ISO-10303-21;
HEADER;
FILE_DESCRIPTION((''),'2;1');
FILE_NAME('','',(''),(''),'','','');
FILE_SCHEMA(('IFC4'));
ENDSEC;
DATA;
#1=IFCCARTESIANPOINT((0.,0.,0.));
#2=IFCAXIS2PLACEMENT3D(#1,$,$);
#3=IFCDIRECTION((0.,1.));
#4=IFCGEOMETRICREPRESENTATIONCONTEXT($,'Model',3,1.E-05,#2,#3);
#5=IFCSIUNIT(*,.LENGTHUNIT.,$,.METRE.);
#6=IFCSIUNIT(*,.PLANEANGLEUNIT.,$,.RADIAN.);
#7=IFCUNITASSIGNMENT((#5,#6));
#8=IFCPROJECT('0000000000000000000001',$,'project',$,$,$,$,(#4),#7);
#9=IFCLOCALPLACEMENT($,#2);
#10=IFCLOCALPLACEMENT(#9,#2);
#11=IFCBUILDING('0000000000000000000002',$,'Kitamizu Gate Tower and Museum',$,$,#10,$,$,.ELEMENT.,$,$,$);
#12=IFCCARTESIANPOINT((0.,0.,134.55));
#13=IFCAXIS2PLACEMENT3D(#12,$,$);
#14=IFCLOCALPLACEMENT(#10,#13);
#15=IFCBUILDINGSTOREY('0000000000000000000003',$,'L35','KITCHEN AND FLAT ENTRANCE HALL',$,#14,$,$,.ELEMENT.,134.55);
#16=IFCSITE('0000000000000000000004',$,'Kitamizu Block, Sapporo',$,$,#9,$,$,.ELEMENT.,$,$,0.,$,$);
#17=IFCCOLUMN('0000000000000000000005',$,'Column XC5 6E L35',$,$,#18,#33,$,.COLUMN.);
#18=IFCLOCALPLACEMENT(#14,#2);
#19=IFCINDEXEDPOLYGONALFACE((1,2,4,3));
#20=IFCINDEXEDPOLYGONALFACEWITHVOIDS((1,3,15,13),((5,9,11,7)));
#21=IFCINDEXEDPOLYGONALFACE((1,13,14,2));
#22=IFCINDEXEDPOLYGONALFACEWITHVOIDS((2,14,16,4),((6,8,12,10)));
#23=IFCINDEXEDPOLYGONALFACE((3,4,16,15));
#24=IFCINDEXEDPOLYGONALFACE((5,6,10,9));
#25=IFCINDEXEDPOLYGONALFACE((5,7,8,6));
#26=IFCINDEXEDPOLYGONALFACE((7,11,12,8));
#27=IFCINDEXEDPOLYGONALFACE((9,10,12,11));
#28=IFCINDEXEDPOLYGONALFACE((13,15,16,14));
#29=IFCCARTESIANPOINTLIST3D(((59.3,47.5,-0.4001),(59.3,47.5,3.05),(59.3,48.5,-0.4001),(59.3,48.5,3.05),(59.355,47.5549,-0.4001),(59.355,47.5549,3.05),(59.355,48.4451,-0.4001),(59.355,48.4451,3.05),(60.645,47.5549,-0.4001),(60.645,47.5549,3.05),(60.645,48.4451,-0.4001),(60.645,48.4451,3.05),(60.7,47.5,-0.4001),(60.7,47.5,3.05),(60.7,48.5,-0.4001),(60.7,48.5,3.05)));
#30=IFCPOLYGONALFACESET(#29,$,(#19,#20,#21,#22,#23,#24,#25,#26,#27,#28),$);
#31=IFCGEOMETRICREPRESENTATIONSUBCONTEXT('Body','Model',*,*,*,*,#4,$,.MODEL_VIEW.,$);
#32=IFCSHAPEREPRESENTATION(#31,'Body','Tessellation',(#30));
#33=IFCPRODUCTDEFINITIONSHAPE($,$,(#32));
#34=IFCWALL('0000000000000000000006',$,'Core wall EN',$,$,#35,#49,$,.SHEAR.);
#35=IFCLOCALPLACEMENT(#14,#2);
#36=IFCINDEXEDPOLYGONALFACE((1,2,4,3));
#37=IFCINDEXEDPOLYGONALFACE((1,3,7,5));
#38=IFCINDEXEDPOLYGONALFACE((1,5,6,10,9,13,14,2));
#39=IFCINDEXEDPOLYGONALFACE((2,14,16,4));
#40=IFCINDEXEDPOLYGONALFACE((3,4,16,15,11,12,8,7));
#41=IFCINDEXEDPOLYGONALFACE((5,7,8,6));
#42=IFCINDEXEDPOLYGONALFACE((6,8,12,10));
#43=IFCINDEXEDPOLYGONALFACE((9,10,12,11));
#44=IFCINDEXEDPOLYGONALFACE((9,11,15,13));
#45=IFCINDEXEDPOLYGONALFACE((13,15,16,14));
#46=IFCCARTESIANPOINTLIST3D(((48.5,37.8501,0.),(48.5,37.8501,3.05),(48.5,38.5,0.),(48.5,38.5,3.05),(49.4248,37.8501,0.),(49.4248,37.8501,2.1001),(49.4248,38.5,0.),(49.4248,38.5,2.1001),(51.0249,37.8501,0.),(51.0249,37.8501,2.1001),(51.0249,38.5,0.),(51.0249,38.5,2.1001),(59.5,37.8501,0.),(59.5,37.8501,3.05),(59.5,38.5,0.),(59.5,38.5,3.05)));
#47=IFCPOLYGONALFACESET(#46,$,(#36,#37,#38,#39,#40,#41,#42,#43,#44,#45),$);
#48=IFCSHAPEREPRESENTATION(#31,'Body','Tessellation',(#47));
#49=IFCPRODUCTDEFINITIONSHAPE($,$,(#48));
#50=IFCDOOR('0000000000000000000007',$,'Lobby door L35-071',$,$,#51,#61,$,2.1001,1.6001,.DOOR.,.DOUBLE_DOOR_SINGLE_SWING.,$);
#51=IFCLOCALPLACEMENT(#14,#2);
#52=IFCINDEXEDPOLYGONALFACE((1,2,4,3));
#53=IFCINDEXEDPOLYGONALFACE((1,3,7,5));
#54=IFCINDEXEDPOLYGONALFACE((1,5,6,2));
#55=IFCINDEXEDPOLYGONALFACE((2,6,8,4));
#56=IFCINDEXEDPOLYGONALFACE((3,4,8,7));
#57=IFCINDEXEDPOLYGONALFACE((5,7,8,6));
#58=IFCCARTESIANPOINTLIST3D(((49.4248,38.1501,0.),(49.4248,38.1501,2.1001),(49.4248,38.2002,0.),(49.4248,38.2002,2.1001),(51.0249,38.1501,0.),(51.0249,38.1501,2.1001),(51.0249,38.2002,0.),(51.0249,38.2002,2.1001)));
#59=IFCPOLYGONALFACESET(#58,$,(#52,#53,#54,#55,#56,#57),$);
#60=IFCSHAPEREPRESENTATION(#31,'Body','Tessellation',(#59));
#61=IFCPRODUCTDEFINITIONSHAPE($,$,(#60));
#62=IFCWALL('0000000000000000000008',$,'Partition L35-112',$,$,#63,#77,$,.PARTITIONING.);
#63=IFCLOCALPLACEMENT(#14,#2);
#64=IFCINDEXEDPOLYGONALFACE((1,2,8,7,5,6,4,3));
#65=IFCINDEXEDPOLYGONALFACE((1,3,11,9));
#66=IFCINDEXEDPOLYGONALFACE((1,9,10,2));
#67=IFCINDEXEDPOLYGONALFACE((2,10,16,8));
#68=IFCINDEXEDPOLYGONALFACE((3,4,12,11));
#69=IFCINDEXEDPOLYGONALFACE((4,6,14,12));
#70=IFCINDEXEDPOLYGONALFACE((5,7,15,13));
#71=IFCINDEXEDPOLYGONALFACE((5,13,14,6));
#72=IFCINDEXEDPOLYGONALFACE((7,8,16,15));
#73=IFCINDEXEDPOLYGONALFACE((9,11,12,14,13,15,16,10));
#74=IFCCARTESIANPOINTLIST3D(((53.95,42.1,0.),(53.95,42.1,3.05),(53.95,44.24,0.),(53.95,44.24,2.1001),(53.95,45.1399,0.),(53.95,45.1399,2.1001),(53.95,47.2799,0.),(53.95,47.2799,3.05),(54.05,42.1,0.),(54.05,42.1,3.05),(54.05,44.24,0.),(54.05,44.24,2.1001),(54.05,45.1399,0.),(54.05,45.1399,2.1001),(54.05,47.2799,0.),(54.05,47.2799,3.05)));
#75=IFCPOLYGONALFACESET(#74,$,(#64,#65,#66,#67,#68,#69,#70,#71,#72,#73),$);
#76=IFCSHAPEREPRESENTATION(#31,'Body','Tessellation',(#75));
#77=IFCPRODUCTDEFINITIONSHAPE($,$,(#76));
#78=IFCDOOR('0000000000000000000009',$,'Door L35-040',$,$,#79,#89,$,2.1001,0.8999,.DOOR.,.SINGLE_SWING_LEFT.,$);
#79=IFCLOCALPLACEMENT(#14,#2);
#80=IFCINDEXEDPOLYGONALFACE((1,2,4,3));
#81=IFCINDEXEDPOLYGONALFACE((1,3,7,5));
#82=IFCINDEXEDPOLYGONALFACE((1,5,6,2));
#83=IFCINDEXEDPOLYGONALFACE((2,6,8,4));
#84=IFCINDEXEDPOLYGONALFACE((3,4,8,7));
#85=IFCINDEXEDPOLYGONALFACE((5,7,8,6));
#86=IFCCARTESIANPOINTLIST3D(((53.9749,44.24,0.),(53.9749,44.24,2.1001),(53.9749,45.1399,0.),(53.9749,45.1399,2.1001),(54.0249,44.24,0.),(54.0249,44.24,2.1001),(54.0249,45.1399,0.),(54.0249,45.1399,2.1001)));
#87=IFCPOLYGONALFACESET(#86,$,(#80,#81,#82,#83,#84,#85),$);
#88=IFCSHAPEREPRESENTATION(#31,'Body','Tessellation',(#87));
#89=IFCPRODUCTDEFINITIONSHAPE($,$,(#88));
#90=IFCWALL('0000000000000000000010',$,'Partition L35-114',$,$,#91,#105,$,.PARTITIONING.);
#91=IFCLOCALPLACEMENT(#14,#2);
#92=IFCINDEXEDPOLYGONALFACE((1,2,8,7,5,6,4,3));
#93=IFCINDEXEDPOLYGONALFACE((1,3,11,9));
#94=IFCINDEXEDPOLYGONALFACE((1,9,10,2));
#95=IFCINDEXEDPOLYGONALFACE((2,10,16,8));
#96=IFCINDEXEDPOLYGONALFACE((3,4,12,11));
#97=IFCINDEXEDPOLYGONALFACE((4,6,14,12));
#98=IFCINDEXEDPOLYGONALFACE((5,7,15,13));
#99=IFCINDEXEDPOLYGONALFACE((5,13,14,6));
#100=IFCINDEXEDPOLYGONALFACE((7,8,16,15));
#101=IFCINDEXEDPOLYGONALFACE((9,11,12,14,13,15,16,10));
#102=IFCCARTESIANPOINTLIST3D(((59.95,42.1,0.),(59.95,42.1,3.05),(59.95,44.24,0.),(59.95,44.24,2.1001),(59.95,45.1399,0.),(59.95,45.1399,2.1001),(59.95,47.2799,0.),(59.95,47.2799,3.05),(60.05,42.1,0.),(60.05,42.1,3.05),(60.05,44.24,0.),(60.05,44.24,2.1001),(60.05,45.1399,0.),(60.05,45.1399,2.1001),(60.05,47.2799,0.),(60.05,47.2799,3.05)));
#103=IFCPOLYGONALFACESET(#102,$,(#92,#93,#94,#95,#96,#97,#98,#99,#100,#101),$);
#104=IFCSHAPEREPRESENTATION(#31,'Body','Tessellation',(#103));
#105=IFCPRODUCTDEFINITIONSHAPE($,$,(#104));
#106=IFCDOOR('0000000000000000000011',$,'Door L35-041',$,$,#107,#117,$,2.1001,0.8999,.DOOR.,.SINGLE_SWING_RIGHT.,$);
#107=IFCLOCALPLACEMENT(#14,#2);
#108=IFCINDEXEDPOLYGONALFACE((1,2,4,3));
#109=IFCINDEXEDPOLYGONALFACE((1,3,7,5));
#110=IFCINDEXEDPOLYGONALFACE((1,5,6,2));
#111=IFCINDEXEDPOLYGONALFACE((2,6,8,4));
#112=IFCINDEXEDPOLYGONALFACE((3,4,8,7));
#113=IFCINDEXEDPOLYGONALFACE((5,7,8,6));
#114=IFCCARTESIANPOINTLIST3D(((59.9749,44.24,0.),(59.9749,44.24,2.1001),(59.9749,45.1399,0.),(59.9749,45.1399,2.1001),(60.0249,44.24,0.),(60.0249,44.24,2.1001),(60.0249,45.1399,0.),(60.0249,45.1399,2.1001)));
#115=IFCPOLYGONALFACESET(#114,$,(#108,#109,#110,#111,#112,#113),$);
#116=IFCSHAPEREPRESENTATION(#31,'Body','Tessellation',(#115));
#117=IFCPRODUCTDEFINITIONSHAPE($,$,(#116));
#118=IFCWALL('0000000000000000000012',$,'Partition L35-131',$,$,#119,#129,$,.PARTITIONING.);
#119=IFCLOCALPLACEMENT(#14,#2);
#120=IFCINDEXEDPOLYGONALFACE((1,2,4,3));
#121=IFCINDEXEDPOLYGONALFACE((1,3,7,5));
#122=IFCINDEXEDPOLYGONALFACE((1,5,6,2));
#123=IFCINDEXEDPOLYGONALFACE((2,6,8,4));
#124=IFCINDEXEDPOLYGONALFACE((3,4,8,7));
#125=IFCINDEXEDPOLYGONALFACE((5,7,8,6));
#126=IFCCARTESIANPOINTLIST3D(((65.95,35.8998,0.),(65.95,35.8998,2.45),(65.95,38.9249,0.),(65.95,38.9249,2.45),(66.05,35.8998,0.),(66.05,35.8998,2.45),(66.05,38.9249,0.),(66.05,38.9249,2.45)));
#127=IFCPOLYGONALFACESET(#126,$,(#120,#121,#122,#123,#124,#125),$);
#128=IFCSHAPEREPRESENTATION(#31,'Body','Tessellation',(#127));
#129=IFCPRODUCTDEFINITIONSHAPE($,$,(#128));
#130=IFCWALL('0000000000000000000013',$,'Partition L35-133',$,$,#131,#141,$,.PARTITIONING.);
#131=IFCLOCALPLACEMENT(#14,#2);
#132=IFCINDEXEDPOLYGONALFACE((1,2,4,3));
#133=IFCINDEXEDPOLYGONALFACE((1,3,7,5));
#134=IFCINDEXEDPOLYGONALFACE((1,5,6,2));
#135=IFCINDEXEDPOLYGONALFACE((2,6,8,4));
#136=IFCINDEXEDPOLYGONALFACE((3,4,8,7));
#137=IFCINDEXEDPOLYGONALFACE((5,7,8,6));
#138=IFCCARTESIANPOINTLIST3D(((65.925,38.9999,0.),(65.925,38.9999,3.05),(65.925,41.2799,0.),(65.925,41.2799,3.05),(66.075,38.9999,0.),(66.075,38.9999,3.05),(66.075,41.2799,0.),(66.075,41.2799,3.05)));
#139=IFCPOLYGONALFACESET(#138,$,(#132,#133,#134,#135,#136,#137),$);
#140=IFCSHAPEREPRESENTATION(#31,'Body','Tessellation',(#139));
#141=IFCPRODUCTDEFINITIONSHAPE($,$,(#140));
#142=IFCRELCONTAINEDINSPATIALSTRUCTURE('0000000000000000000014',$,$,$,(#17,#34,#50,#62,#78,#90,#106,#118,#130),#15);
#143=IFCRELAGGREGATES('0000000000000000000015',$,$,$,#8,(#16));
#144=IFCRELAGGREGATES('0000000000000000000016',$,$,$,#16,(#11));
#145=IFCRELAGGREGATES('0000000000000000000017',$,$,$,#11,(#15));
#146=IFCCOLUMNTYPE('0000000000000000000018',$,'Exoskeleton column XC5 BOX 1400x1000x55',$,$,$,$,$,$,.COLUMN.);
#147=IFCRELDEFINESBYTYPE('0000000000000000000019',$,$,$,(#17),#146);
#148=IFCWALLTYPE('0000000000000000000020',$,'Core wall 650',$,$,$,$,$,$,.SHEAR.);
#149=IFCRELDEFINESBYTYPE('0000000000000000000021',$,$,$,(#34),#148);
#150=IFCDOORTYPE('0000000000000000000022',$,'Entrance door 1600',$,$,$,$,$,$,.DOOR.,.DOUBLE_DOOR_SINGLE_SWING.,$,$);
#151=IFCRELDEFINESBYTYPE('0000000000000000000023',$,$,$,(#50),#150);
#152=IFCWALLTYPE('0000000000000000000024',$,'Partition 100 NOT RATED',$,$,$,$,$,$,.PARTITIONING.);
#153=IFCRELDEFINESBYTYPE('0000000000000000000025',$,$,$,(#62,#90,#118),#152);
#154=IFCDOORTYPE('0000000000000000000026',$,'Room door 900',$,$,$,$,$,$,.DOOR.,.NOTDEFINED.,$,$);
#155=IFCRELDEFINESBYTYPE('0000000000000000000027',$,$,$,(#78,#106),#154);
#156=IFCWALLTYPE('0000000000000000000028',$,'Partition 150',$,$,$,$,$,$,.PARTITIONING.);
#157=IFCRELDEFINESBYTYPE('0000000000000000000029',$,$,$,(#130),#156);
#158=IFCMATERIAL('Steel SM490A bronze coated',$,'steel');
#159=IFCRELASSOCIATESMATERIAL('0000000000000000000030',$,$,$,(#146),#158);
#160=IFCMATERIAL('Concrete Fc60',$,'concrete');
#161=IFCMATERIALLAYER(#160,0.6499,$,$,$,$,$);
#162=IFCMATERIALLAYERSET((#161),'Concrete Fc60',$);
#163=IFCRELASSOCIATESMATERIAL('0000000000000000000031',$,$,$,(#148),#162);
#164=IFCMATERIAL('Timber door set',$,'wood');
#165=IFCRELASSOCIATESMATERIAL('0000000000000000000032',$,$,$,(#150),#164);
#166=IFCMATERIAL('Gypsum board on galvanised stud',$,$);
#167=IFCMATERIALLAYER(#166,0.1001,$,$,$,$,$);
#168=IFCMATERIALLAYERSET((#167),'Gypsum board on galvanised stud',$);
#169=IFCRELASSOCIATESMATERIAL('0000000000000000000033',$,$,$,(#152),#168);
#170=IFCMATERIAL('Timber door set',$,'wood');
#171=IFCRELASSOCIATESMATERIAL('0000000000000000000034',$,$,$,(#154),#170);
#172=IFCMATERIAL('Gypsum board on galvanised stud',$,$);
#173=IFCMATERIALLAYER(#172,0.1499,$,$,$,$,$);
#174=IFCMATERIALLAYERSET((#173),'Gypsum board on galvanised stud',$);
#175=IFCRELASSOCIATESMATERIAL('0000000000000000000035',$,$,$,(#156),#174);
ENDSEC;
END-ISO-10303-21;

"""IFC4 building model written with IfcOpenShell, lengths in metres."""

from ifc_helpers import new_model, si_unit, direction, frame, frame_2d, origin, origin_2d, place, context, subcontext, project, spatial, rectangle, hollow_rectangle, extrude, material, layer, layer_set, material_profile, profile_set, type_object, element, fill, save


model = new_model("IFC4")

# Units and contexts
model_context = context("Model", 3, precision=1e-05, world=origin(), true_north=direction((0.0, 1.0)))
body_context = subcontext(model_context, "Body", "Model", "MODEL_VIEW")
ifc_project = project(units=[si_unit("LENGTHUNIT", "METRE"), si_unit("PLANEANGLEUNIT", "RADIAN")], contexts=[model_context])

# Site, building, storey
site_placement = place(None, origin())
site = spatial("IfcSite", under=ifc_project, at=site_placement, Name="Kitamizu Block, Sapporo", CompositionType="ELEMENT", RefElevation=0.0)
building_placement = place(site_placement, origin())
building = spatial("IfcBuilding", under=site, at=building_placement, Name="Kitamizu Gate Tower and Museum", CompositionType="ELEMENT")
storey_placement = place(building_placement, frame((0.0, 0.0, 134.55)))
storey = spatial("IfcBuildingStorey", under=building, at=storey_placement, Name="L35", Description="KITCHEN AND FLAT ENTRANCE HALL", CompositionType="ELEMENT", Elevation=134.55)

# Column
ifc_material_1 = material(Name="Steel SM490A bronze coated", Category="steel")
ifc_material_profile = material_profile(ifc_material_1, hollow_rectangle(XDim=1.3999, YDim=1.0, WallThickness=0.0549, at=origin_2d()), Name="BOX 1400x1000x55")
ifc_profile_set = profile_set([ifc_material_profile], Name="Steel SM490A bronze coated")
column_type = type_object("IfcColumnType", Name="Exoskeleton column XC5 BOX 1400x1000x55", PredefinedType="COLUMN", material=ifc_profile_set)
column_placement = place(storey_placement, frame((60.0, 48.0, -0.4001), z_axis=(0.0, 0.0, 1.0), x_axis=(1.0, 0.0, 0.0)))
element("IfcColumn", 1, at=column_placement, inside=storey, type_object=column_type, Name="Column XC5 6E L35", PredefinedType="COLUMN", context=body_context, shape_type="SweptSolid", body=[
    extrude(hollow_rectangle(XDim=1.3999, YDim=1.0, WallThickness=0.0549, at=origin_2d()), origin(), (0.0, 0.0, 1.0), 3.4502),
])

# Walls, openings, doors
ifc_material_2 = material(Name="Concrete Fc60", Category="concrete")
ifc_layer_1 = layer(ifc_material_2, 0.6499)
ifc_layer_set_1 = layer_set([ifc_layer_1], Name="Concrete Fc60")
wall_type_1 = type_object("IfcWallType", Name="Core wall 650", PredefinedType="SHEAR", material=ifc_layer_set_1)
wall_1_placement = place(storey_placement, frame((59.5, 38.175, 0.0), z_axis=(0.0, 0.0, 1.0), x_axis=(-1.0, 0.0, 0.0)))
wall_1 = element("IfcWall", 2, at=wall_1_placement, inside=storey, type_object=wall_type_1, Name="Core wall EN", PredefinedType="SHEAR", context=body_context, shape_type="SweptSolid", body=[
    extrude(rectangle(XDim=11.0, YDim=0.6499, at=frame_2d((5.5, 0.0))), origin(), (0.0, 0.0, 1.0), 3.05),
])
opening_1_placement = place(wall_1_placement, frame((8.4751, 0.0, 0.0)))
opening_1 = element("IfcOpeningElement", 3, at=opening_1_placement, cuts=wall_1, PredefinedType="OPENING", context=body_context, shape_type="SweptSolid", body=[
    extrude(rectangle(XDim=1.6001, YDim=2.1001, at=frame_2d((0.8, 1.05))), frame((0.0, 0.335, 0.0), z_axis=(0.0, -1.0, 0.0), x_axis=(1.0, 0.0, 0.0)), (0.0, 0.0, 1.0), 0.6699),
])
ifc_material_3 = material(Name="Timber door set", Category="wood")
door_type_1 = type_object("IfcDoorType", Name="Entrance door 1600", OperationType="DOUBLE_DOOR_SINGLE_SWING", PredefinedType="DOOR", material=ifc_material_3)
door_1_placement = place(opening_1_placement, origin())
door_1 = element("IfcDoor", 4, at=door_1_placement, inside=storey, type_object=door_type_1, Name="Lobby door L35-071", OperationType="DOUBLE_DOOR_SINGLE_SWING", OverallHeight=2.1001, OverallWidth=1.6001, PredefinedType="DOOR", context=body_context, shape_type="SweptSolid", body=[
    extrude(rectangle(XDim=1.6001, YDim=2.1001, at=frame_2d((0.8, 1.05))), frame((0.0, 0.0249, 0.0), z_axis=(0.0, -1.0, 0.0), x_axis=(1.0, 0.0, 0.0)), (0.0, 0.0, 1.0), 0.05),
])
fill(opening_1, door_1)
ifc_material_4 = material(Name="Gypsum board on galvanised stud")
ifc_layer_2 = layer(ifc_material_4, 0.1001)
ifc_layer_set_2 = layer_set([ifc_layer_2], Name="Gypsum board on galvanised stud")
wall_type_2 = type_object("IfcWallType", Name="Partition 100 NOT RATED", PredefinedType="PARTITIONING", material=ifc_layer_set_2)
wall_2_placement = place(storey_placement, frame((54.0, 42.1001, 0.0), z_axis=(0.0, 0.0, 1.0), x_axis=(0.0, 1.0, 0.0)))
wall_2 = element("IfcWall", 5, at=wall_2_placement, inside=storey, type_object=wall_type_2, Name="Partition L35-112", PredefinedType="PARTITIONING", context=body_context, shape_type="SweptSolid", body=[
    extrude(rectangle(XDim=5.1799, YDim=0.1001, at=frame_2d((2.5898, 0.0))), origin(), (0.0, 0.0, 1.0), 3.05),
])
opening_2_placement = place(wall_2_placement, frame((2.1399, 0.0, 0.0)))
opening_2 = element("IfcOpeningElement", 6, at=opening_2_placement, cuts=wall_2, PredefinedType="OPENING", context=body_context, shape_type="SweptSolid", body=[
    extrude(rectangle(XDim=0.8999, YDim=2.1001, at=frame_2d((0.45, 1.05))), frame((0.0, 0.0601, 0.0), z_axis=(0.0, -1.0, 0.0), x_axis=(1.0, 0.0, 0.0)), (0.0, 0.0, 1.0), 0.1201),
])
ifc_material_5 = material(Name="Timber door set", Category="wood")
door_type_2 = type_object("IfcDoorType", Name="Room door 900", OperationType="NOTDEFINED", PredefinedType="DOOR", material=ifc_material_5)
door_2_placement = place(opening_2_placement, frame((0.8999, 0.0, 0.0), x_axis=(-1.0, 0.0, 0.0)))
door_2 = element("IfcDoor", 7, at=door_2_placement, inside=storey, type_object=door_type_2, Name="Door L35-040", OperationType="SINGLE_SWING_LEFT", OverallHeight=2.1001, OverallWidth=0.8999, PredefinedType="DOOR", context=body_context, shape_type="SweptSolid", body=[
    extrude(rectangle(XDim=0.8999, YDim=2.1001, at=frame_2d((0.45, 1.05))), frame((0.0, 0.0249, 0.0), z_axis=(0.0, -1.0, 0.0), x_axis=(1.0, 0.0, 0.0)), (0.0, 0.0, 1.0), 0.05),
])
fill(opening_2, door_2)
wall_3_placement = place(storey_placement, frame((60.0, 42.1001, 0.0), z_axis=(0.0, 0.0, 1.0), x_axis=(0.0, 1.0, 0.0)))
wall_3 = element("IfcWall", 8, at=wall_3_placement, inside=storey, type_object=wall_type_2, Name="Partition L35-114", PredefinedType="PARTITIONING", context=body_context, shape_type="SweptSolid", body=[
    extrude(rectangle(XDim=5.1799, YDim=0.1001, at=frame_2d((2.5898, 0.0))), origin(), (0.0, 0.0, 1.0), 3.05),
])
opening_3_placement = place(wall_3_placement, frame((2.1399, 0.0, 0.0)))
opening_3 = element("IfcOpeningElement", 9, at=opening_3_placement, cuts=wall_3, PredefinedType="OPENING", context=body_context, shape_type="SweptSolid", body=[
    extrude(rectangle(XDim=0.8999, YDim=2.1001, at=frame_2d((0.45, 1.05))), frame((0.0, 0.0601, 0.0), z_axis=(0.0, -1.0, 0.0), x_axis=(1.0, 0.0, 0.0)), (0.0, 0.0, 1.0), 0.1201),
])
door_3_placement = place(opening_3_placement, frame((0.8999, 0.0, 0.0), x_axis=(-1.0, 0.0, 0.0)))
door_3 = element("IfcDoor", 10, at=door_3_placement, inside=storey, type_object=door_type_2, Name="Door L35-041", OperationType="SINGLE_SWING_RIGHT", OverallHeight=2.1001, OverallWidth=0.8999, PredefinedType="DOOR", context=body_context, shape_type="SweptSolid", body=[
    extrude(rectangle(XDim=0.8999, YDim=2.1001, at=frame_2d((0.45, 1.05))), frame((0.0, 0.0249, 0.0), z_axis=(0.0, -1.0, 0.0), x_axis=(1.0, 0.0, 0.0)), (0.0, 0.0, 1.0), 0.05),
])
fill(opening_3, door_3)

# Walls
wall_4_placement = place(storey_placement, frame((66.0, 38.925, 0.0), z_axis=(0.0, 0.0, 1.0), x_axis=(0.0, -1.0, 0.0)))
element("IfcWall", 11, at=wall_4_placement, inside=storey, type_object=wall_type_2, Name="Partition L35-131", PredefinedType="PARTITIONING", context=body_context, shape_type="SweptSolid", body=[
    extrude(rectangle(XDim=3.0251, YDim=0.1001, at=frame_2d((1.5127, 0.0))), origin(), (0.0, 0.0, 1.0), 2.45),
])
ifc_material_6 = material(Name="Gypsum board on galvanised stud")
ifc_layer_3 = layer(ifc_material_6, 0.1499)
ifc_layer_set_3 = layer_set([ifc_layer_3], Name="Gypsum board on galvanised stud")
wall_type_3 = type_object("IfcWallType", Name="Partition 150", PredefinedType="PARTITIONING", material=ifc_layer_set_3)
wall_5_placement = place(storey_placement, frame((66.0, 41.28, 0.0), z_axis=(0.0, 0.0, 1.0), x_axis=(0.0, -1.0, 0.0)))
element("IfcWall", 12, at=wall_5_placement, inside=storey, type_object=wall_type_3, Name="Partition L35-133", PredefinedType="PARTITIONING", context=body_context, shape_type="SweptSolid", body=[
    extrude(rectangle(XDim=2.28, YDim=0.1499, at=frame_2d((1.1401, 0.0))), origin(), (0.0, 0.0, 1.0), 3.05),
])

save(model, "model.ifc")
